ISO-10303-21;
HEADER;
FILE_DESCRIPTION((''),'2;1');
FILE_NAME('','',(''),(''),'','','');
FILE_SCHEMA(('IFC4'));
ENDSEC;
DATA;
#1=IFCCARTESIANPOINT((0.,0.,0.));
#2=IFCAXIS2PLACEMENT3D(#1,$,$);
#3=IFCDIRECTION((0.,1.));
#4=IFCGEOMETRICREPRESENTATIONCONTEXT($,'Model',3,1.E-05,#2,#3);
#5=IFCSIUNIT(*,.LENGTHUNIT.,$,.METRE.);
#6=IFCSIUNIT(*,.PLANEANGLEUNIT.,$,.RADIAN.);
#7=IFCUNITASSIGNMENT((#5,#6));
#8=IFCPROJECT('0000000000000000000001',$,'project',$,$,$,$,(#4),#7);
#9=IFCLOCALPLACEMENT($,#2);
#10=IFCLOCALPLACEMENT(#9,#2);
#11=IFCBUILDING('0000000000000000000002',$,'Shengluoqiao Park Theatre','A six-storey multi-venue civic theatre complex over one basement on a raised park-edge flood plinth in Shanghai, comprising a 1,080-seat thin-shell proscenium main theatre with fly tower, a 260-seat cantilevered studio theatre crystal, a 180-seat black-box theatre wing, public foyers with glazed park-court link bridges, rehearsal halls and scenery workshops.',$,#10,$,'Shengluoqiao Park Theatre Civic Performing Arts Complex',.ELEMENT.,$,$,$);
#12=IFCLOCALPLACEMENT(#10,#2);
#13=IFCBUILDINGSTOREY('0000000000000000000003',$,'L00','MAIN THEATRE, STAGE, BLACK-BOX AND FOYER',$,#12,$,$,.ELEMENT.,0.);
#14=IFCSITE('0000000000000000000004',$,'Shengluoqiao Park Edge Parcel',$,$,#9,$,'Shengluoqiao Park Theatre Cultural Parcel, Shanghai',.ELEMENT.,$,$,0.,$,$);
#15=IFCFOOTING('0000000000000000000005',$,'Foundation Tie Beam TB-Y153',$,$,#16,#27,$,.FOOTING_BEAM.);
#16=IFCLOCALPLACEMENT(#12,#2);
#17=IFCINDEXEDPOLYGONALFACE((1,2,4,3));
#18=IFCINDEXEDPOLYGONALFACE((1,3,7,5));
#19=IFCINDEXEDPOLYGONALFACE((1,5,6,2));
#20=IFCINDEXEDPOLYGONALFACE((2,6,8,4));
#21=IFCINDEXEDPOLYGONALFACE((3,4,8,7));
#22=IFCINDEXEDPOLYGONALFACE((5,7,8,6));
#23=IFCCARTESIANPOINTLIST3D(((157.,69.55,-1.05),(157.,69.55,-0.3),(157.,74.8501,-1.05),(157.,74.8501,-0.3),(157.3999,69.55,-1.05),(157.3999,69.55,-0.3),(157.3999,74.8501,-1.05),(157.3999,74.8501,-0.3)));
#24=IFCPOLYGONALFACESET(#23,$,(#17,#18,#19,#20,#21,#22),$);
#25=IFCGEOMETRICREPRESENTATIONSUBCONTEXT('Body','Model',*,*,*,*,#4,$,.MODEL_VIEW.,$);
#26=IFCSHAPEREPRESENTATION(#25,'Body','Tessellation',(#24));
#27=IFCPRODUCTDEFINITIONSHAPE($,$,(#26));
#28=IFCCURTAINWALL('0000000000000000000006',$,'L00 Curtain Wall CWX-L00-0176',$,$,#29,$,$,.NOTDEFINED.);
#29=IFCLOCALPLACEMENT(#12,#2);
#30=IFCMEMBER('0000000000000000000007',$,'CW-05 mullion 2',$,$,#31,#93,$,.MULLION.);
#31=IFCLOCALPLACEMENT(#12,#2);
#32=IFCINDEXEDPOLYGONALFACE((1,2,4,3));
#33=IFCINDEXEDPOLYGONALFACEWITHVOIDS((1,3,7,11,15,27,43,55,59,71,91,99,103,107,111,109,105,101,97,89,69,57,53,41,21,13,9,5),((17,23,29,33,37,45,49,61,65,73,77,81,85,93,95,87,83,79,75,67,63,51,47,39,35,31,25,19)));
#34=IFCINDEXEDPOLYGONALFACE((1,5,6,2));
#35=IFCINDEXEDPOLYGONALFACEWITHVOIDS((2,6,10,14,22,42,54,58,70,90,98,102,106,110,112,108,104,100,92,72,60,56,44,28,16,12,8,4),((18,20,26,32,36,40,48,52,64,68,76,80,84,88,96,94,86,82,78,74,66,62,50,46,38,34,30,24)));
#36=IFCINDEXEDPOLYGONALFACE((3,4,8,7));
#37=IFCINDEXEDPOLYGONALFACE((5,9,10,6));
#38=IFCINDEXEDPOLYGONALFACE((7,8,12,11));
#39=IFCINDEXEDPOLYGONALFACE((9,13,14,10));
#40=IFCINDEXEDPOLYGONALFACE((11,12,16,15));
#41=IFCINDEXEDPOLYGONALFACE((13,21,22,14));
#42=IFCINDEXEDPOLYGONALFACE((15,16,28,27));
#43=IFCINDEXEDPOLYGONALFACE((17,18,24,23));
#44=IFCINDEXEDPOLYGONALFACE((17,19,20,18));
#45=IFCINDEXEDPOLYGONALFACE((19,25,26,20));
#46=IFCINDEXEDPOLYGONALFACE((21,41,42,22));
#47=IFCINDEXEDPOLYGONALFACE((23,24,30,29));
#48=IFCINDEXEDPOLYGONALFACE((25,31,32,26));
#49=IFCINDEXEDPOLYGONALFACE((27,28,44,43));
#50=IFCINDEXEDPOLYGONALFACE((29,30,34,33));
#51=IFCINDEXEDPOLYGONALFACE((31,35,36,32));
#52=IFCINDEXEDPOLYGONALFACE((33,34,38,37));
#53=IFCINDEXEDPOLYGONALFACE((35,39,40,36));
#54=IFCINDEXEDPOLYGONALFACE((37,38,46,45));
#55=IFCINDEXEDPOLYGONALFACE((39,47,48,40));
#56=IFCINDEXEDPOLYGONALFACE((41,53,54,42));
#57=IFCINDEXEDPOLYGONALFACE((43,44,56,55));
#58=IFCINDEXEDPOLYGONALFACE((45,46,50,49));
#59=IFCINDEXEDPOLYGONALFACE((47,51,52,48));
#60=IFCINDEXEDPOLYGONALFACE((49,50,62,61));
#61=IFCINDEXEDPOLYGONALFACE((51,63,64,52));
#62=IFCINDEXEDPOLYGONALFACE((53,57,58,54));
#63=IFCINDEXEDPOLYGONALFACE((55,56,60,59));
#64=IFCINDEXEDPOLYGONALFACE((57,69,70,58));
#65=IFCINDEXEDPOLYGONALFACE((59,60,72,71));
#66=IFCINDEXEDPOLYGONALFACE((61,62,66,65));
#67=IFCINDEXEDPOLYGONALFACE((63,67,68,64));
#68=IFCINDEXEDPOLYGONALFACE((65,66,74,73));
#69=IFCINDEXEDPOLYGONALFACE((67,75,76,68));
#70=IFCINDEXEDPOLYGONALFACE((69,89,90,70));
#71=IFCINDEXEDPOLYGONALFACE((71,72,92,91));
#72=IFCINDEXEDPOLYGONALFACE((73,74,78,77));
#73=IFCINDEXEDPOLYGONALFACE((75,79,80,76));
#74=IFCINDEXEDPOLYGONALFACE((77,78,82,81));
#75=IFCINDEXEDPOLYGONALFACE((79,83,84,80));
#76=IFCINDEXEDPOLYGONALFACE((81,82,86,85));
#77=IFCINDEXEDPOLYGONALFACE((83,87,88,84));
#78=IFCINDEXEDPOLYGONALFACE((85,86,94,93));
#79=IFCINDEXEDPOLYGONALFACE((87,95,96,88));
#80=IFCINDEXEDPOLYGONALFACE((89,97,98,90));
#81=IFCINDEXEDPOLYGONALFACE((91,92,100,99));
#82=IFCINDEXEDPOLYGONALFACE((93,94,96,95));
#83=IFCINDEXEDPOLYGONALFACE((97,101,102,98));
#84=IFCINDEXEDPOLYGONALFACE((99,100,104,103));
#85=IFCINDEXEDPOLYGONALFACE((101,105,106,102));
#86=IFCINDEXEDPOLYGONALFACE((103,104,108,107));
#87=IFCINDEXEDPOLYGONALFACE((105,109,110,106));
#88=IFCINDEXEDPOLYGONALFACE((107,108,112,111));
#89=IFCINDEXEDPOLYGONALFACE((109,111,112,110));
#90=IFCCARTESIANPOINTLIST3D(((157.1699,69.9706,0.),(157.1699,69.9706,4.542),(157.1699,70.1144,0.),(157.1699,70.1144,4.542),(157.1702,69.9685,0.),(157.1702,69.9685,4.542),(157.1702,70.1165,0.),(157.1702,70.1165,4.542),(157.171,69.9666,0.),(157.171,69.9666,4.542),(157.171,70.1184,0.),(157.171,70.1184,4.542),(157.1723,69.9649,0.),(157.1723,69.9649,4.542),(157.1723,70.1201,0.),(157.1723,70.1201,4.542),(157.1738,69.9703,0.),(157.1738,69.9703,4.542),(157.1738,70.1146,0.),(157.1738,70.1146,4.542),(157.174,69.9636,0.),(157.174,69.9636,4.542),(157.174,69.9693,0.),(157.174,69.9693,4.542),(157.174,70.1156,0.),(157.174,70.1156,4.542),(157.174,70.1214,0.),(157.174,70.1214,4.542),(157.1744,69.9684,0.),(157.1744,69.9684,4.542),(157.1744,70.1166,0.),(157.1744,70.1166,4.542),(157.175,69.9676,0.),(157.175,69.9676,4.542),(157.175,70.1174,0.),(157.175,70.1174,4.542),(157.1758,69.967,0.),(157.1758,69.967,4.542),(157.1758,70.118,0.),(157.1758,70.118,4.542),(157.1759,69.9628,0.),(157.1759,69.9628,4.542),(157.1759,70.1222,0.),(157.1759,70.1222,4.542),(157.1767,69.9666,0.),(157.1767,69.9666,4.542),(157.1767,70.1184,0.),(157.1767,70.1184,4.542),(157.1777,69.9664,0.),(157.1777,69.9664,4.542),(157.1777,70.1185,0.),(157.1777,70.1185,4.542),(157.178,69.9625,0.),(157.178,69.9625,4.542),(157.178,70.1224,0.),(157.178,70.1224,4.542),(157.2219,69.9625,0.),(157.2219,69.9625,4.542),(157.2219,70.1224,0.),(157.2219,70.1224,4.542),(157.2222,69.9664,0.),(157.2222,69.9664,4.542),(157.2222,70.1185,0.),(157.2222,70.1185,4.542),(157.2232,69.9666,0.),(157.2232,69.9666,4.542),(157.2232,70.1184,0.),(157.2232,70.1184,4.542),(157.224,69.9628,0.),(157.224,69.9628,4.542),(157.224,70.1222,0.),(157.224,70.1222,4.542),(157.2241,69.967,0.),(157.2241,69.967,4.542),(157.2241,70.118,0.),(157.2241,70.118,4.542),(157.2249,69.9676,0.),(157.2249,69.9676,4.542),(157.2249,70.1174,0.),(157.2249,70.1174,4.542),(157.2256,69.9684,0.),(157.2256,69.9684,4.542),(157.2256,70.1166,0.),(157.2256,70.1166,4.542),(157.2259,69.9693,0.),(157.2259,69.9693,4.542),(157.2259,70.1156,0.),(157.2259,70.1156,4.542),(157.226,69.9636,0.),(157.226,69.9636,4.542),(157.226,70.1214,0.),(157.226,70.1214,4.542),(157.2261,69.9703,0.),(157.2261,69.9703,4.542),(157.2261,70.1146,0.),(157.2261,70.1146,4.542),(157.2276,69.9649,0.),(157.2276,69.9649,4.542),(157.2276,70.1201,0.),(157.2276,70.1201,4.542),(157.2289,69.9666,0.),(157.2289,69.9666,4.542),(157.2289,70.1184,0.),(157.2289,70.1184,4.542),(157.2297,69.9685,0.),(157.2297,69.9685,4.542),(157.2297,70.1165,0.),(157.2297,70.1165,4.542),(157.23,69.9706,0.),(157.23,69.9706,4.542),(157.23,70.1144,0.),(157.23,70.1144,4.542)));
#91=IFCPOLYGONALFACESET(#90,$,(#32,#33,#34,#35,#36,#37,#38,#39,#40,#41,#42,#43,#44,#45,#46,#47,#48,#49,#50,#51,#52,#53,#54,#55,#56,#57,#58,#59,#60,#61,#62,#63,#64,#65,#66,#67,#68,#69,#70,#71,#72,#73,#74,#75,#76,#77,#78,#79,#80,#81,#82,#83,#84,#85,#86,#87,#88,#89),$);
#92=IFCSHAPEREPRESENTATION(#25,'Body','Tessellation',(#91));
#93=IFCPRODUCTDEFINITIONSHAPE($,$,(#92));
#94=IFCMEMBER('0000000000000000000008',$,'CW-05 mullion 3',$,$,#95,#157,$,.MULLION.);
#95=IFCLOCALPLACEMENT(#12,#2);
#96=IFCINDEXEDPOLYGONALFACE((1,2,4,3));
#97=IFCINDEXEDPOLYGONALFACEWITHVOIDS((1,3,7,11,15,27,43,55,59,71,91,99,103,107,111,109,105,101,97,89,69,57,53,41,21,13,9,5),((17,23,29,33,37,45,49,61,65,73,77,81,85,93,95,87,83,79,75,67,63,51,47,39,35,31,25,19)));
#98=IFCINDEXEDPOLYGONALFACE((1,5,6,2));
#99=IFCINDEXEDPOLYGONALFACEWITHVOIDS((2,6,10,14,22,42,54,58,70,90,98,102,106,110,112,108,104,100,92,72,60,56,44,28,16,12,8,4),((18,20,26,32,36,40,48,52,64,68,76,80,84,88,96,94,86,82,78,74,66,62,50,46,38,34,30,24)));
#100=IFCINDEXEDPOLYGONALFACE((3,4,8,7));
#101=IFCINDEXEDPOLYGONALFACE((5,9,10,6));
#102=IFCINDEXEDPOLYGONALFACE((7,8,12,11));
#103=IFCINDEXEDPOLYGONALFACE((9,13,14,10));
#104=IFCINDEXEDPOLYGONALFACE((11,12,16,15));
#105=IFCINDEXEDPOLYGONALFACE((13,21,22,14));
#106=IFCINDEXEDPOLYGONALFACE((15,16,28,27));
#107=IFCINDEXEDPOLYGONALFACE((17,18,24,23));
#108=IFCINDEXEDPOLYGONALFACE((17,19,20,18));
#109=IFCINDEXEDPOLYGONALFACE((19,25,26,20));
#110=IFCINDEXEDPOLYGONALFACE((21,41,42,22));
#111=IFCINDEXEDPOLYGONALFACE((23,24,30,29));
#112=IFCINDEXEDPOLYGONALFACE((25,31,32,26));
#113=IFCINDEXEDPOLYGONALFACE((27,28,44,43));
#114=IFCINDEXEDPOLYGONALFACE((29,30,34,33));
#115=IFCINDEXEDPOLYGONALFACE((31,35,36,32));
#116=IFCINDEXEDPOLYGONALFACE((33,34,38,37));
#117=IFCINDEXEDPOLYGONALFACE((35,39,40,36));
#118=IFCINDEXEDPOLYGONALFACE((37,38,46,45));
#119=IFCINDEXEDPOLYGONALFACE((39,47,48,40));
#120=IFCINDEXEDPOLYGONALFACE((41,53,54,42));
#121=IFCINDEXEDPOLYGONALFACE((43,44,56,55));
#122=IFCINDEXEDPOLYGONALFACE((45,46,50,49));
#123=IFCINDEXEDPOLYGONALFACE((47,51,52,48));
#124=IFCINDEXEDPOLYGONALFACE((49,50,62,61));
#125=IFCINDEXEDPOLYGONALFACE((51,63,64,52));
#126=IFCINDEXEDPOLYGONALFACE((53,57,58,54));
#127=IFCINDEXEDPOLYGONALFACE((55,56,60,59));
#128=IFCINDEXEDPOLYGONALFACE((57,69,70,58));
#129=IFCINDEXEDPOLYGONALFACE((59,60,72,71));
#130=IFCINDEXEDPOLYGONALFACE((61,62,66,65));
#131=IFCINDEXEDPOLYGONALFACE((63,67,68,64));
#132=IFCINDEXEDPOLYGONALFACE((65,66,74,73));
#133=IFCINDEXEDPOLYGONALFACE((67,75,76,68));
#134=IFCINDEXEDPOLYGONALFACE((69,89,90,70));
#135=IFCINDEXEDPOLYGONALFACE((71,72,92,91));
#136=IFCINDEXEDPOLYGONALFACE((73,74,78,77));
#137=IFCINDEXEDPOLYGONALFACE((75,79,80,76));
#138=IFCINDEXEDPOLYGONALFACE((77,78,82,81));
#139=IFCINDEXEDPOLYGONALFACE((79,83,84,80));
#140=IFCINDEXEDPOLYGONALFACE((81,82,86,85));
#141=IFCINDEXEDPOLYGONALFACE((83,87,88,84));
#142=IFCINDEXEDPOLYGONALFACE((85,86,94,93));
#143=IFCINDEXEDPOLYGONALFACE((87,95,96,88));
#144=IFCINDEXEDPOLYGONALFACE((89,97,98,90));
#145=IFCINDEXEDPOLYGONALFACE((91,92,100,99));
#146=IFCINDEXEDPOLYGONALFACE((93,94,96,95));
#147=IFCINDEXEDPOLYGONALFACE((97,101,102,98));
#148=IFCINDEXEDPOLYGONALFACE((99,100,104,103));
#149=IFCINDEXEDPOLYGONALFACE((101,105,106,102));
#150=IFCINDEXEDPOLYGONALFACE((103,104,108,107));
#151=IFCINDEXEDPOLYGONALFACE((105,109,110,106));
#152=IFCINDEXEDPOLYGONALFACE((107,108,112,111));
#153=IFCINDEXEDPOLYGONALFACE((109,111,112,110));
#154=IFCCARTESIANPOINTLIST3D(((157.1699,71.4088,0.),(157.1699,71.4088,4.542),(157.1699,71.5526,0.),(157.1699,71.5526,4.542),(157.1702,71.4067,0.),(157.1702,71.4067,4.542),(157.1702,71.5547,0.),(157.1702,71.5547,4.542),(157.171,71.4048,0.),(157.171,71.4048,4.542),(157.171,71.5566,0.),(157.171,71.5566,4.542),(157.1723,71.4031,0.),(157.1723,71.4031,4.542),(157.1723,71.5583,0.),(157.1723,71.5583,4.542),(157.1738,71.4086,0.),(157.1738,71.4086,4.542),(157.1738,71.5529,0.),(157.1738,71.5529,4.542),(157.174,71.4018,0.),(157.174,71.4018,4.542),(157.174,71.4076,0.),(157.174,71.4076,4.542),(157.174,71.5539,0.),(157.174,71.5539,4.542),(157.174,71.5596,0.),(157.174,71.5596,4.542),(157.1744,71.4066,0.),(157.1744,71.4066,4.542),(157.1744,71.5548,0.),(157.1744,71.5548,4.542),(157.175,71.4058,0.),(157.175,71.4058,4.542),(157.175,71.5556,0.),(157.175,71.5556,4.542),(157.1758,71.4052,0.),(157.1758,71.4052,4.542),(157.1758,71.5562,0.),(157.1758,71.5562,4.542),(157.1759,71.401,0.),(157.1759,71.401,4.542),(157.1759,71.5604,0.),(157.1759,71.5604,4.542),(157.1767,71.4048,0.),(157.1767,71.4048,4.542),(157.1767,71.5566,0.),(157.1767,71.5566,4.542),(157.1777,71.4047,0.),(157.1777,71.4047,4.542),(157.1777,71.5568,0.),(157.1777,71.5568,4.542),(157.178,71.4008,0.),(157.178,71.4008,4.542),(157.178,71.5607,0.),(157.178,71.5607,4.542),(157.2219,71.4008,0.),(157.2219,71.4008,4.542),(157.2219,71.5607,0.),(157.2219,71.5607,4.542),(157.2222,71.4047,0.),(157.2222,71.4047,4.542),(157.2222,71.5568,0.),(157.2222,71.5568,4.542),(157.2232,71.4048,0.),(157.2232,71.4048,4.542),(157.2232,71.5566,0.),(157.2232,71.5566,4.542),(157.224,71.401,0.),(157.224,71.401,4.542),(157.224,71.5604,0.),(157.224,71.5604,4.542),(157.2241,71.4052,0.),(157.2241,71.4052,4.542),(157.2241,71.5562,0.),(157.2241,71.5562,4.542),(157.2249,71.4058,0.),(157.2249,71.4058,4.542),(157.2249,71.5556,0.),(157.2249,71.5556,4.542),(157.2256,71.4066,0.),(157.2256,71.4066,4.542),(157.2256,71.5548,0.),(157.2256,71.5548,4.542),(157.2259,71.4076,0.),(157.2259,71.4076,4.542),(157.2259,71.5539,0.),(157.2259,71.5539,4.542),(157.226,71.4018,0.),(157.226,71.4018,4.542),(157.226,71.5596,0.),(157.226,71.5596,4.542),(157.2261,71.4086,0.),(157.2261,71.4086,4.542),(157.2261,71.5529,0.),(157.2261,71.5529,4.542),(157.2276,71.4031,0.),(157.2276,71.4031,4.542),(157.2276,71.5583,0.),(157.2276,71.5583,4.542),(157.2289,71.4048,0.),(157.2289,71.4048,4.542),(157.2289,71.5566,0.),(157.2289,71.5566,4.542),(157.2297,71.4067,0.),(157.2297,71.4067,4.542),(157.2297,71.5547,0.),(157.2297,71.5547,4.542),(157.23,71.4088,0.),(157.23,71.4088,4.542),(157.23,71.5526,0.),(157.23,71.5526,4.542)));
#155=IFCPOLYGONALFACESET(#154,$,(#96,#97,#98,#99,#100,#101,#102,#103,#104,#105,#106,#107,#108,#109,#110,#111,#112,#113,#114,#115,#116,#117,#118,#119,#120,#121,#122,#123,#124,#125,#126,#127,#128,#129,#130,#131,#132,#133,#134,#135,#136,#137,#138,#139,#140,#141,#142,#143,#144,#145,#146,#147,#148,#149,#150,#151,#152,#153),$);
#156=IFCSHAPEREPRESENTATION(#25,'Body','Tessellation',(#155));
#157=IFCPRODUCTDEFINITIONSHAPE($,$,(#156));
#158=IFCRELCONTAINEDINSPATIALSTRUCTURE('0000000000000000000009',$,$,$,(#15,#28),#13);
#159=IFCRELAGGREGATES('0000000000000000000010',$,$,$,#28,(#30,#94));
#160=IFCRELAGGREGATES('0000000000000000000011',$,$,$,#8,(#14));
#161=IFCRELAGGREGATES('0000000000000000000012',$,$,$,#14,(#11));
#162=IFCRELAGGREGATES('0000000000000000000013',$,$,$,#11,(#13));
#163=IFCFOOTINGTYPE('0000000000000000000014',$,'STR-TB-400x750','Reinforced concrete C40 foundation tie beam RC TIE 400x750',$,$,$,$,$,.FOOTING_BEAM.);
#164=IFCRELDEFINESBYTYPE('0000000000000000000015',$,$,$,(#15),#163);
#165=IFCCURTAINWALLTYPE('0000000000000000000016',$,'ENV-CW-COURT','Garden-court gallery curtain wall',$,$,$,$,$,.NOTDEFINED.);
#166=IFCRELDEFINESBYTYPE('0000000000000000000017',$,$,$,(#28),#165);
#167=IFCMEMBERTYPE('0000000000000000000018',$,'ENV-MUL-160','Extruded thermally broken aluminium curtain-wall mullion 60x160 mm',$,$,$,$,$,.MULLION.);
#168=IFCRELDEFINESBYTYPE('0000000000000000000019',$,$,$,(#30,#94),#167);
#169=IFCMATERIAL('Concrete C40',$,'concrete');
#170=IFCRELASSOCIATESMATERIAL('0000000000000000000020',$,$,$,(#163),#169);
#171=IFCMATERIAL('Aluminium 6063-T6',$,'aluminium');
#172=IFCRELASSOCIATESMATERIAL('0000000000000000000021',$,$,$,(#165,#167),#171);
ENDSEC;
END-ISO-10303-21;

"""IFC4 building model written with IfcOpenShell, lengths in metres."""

from ifc_helpers import new_model, si_unit, direction, frame, origin, origin_2d, place, context, subcontext, project, spatial, rectangle, hollow_rectangle, extrude, material, material_profile, profile_set, type_object, element, aggregate, save


model = new_model("IFC4")

# Units and contexts
model_context = context("Model", 3, precision=1e-05, world=origin(), true_north=direction((0.0, 1.0)))
body_context = subcontext(model_context, "Body", "Model", "MODEL_VIEW")
ifc_project = project(units=[si_unit("LENGTHUNIT", "METRE"), si_unit("PLANEANGLEUNIT", "RADIAN")], contexts=[model_context])

# Site, building, storey
site_placement = place(None, origin())
site = spatial("IfcSite", under=ifc_project, at=site_placement, Name="Shengluoqiao Park Edge Parcel", LongName="Shengluoqiao Park Theatre Cultural Parcel, Shanghai", CompositionType="ELEMENT", RefElevation=0.0)
building_placement = place(site_placement, origin())
building = spatial("IfcBuilding", under=site, at=building_placement, Name="Shengluoqiao Park Theatre", Description="A six-storey multi-venue civic theatre complex over one basement on a raised park-edge flood plinth in Shanghai, comprising a 1,080-seat thin-shell proscenium main theatre with fly tower, a 260-seat cantilevered studio theatre crystal, a 180-seat black-box theatre wing, public foyers with glazed park-court link bridges, rehearsal halls and scenery workshops.", LongName="Shengluoqiao Park Theatre Civic Performing Arts Complex", CompositionType="ELEMENT")
storey_placement = place(building_placement, origin())
storey = spatial("IfcBuildingStorey", under=building, at=storey_placement, Name="L00", Description="MAIN THEATRE, STAGE, BLACK-BOX AND FOYER", CompositionType="ELEMENT", Elevation=0.0)

# Footing
ifc_material_1 = material(Name="Concrete C40", Category="concrete")
ifc_material_profile_1 = material_profile(ifc_material_1, rectangle(XDim=0.3999, YDim=0.75, at=origin_2d()), Name="RC TIE 400x750")
ifc_profile_set_1 = profile_set([ifc_material_profile_1], Name="Concrete C40")
footing_type = type_object("IfcFootingType", Name="STR-TB-400x750", Description="Reinforced concrete C40 foundation tie beam RC TIE 400x750", PredefinedType="FOOTING_BEAM", material=ifc_profile_set_1)
footing_placement = place(storey_placement, frame((157.2, 69.55, -0.675), z_axis=(0.0, 1.0, 0.0), x_axis=(-1.0, 0.0, 0.0)))
element("IfcFooting", 1, at=footing_placement, inside=storey, type_object=footing_type, Name="Foundation Tie Beam TB-Y153", PredefinedType="FOOTING_BEAM", context=body_context, shape_type="SweptSolid", body=[
    extrude(rectangle(XDim=0.3999, YDim=0.75, at=origin_2d()), origin(), (0.0, 0.0, 1.0), 5.3),
])

# Curtain wall, members
ifc_material_2 = material(Name="Aluminium 6063-T6", Category="aluminium")
curtain_wall_type = type_object("IfcCurtainWallType", Name="ENV-CW-COURT", Description="Garden-court gallery curtain wall", PredefinedType="NOTDEFINED", material=ifc_material_2)
curtain_wall_placement = place(storey_placement, origin())
curtain_wall = element("IfcCurtainWall", 2, at=curtain_wall_placement, inside=storey, type_object=curtain_wall_type, Name="L00 Curtain Wall CWX-L00-0176", PredefinedType="NOTDEFINED")
ifc_material_profile_2 = material_profile(ifc_material_2, hollow_rectangle(XDim=0.0601, YDim=0.1599, WallThickness=0.0039, InnerFilletRadius=0.0039, OuterFilletRadius=0.0081, at=origin_2d()), Name="ALU MULLION 160x60x4")
ifc_profile_set_2 = profile_set([ifc_material_profile_2], Name="Aluminium 6063-T6")
member_type_1 = type_object("IfcMemberType", Name="ENV-MUL-160", Description="Extruded thermally broken aluminium curtain-wall mullion 60x160 mm", PredefinedType="MULLION", material=ifc_profile_set_2)
member_1_placement = place(storey_placement, frame((157.2, 70.0425, 0.0), z_axis=(0.0, 0.0, 1.0), x_axis=(-1.0, 0.0, 0.0)))
member_1 = element("IfcMember", 3, at=member_1_placement, type_object=member_type_1, Name="CW-05 mullion 2", PredefinedType="MULLION", context=body_context, shape_type="SweptSolid", body=[
    extrude(hollow_rectangle(XDim=0.0601, YDim=0.1599, WallThickness=0.0039, InnerFilletRadius=0.0039, OuterFilletRadius=0.0081, at=origin_2d()), origin(), (0.0, 0.0, 1.0), 4.542),
])
member_2_placement = place(storey_placement, frame((157.2, 71.4807, 0.0), z_axis=(0.0, 0.0, 1.0), x_axis=(-1.0, 0.0, 0.0)))
member_2 = element("IfcMember", 4, at=member_2_placement, type_object=member_type_1, Name="CW-05 mullion 3", PredefinedType="MULLION", context=body_context, shape_type="SweptSolid", body=[
    extrude(hollow_rectangle(XDim=0.0601, YDim=0.1599, WallThickness=0.0039, InnerFilletRadius=0.0039, OuterFilletRadius=0.0081, at=origin_2d()), origin(), (0.0, 0.0, 1.0), 4.542),
])
aggregate(curtain_wall, [member_1, member_2])

save(model, "model.ifc")
